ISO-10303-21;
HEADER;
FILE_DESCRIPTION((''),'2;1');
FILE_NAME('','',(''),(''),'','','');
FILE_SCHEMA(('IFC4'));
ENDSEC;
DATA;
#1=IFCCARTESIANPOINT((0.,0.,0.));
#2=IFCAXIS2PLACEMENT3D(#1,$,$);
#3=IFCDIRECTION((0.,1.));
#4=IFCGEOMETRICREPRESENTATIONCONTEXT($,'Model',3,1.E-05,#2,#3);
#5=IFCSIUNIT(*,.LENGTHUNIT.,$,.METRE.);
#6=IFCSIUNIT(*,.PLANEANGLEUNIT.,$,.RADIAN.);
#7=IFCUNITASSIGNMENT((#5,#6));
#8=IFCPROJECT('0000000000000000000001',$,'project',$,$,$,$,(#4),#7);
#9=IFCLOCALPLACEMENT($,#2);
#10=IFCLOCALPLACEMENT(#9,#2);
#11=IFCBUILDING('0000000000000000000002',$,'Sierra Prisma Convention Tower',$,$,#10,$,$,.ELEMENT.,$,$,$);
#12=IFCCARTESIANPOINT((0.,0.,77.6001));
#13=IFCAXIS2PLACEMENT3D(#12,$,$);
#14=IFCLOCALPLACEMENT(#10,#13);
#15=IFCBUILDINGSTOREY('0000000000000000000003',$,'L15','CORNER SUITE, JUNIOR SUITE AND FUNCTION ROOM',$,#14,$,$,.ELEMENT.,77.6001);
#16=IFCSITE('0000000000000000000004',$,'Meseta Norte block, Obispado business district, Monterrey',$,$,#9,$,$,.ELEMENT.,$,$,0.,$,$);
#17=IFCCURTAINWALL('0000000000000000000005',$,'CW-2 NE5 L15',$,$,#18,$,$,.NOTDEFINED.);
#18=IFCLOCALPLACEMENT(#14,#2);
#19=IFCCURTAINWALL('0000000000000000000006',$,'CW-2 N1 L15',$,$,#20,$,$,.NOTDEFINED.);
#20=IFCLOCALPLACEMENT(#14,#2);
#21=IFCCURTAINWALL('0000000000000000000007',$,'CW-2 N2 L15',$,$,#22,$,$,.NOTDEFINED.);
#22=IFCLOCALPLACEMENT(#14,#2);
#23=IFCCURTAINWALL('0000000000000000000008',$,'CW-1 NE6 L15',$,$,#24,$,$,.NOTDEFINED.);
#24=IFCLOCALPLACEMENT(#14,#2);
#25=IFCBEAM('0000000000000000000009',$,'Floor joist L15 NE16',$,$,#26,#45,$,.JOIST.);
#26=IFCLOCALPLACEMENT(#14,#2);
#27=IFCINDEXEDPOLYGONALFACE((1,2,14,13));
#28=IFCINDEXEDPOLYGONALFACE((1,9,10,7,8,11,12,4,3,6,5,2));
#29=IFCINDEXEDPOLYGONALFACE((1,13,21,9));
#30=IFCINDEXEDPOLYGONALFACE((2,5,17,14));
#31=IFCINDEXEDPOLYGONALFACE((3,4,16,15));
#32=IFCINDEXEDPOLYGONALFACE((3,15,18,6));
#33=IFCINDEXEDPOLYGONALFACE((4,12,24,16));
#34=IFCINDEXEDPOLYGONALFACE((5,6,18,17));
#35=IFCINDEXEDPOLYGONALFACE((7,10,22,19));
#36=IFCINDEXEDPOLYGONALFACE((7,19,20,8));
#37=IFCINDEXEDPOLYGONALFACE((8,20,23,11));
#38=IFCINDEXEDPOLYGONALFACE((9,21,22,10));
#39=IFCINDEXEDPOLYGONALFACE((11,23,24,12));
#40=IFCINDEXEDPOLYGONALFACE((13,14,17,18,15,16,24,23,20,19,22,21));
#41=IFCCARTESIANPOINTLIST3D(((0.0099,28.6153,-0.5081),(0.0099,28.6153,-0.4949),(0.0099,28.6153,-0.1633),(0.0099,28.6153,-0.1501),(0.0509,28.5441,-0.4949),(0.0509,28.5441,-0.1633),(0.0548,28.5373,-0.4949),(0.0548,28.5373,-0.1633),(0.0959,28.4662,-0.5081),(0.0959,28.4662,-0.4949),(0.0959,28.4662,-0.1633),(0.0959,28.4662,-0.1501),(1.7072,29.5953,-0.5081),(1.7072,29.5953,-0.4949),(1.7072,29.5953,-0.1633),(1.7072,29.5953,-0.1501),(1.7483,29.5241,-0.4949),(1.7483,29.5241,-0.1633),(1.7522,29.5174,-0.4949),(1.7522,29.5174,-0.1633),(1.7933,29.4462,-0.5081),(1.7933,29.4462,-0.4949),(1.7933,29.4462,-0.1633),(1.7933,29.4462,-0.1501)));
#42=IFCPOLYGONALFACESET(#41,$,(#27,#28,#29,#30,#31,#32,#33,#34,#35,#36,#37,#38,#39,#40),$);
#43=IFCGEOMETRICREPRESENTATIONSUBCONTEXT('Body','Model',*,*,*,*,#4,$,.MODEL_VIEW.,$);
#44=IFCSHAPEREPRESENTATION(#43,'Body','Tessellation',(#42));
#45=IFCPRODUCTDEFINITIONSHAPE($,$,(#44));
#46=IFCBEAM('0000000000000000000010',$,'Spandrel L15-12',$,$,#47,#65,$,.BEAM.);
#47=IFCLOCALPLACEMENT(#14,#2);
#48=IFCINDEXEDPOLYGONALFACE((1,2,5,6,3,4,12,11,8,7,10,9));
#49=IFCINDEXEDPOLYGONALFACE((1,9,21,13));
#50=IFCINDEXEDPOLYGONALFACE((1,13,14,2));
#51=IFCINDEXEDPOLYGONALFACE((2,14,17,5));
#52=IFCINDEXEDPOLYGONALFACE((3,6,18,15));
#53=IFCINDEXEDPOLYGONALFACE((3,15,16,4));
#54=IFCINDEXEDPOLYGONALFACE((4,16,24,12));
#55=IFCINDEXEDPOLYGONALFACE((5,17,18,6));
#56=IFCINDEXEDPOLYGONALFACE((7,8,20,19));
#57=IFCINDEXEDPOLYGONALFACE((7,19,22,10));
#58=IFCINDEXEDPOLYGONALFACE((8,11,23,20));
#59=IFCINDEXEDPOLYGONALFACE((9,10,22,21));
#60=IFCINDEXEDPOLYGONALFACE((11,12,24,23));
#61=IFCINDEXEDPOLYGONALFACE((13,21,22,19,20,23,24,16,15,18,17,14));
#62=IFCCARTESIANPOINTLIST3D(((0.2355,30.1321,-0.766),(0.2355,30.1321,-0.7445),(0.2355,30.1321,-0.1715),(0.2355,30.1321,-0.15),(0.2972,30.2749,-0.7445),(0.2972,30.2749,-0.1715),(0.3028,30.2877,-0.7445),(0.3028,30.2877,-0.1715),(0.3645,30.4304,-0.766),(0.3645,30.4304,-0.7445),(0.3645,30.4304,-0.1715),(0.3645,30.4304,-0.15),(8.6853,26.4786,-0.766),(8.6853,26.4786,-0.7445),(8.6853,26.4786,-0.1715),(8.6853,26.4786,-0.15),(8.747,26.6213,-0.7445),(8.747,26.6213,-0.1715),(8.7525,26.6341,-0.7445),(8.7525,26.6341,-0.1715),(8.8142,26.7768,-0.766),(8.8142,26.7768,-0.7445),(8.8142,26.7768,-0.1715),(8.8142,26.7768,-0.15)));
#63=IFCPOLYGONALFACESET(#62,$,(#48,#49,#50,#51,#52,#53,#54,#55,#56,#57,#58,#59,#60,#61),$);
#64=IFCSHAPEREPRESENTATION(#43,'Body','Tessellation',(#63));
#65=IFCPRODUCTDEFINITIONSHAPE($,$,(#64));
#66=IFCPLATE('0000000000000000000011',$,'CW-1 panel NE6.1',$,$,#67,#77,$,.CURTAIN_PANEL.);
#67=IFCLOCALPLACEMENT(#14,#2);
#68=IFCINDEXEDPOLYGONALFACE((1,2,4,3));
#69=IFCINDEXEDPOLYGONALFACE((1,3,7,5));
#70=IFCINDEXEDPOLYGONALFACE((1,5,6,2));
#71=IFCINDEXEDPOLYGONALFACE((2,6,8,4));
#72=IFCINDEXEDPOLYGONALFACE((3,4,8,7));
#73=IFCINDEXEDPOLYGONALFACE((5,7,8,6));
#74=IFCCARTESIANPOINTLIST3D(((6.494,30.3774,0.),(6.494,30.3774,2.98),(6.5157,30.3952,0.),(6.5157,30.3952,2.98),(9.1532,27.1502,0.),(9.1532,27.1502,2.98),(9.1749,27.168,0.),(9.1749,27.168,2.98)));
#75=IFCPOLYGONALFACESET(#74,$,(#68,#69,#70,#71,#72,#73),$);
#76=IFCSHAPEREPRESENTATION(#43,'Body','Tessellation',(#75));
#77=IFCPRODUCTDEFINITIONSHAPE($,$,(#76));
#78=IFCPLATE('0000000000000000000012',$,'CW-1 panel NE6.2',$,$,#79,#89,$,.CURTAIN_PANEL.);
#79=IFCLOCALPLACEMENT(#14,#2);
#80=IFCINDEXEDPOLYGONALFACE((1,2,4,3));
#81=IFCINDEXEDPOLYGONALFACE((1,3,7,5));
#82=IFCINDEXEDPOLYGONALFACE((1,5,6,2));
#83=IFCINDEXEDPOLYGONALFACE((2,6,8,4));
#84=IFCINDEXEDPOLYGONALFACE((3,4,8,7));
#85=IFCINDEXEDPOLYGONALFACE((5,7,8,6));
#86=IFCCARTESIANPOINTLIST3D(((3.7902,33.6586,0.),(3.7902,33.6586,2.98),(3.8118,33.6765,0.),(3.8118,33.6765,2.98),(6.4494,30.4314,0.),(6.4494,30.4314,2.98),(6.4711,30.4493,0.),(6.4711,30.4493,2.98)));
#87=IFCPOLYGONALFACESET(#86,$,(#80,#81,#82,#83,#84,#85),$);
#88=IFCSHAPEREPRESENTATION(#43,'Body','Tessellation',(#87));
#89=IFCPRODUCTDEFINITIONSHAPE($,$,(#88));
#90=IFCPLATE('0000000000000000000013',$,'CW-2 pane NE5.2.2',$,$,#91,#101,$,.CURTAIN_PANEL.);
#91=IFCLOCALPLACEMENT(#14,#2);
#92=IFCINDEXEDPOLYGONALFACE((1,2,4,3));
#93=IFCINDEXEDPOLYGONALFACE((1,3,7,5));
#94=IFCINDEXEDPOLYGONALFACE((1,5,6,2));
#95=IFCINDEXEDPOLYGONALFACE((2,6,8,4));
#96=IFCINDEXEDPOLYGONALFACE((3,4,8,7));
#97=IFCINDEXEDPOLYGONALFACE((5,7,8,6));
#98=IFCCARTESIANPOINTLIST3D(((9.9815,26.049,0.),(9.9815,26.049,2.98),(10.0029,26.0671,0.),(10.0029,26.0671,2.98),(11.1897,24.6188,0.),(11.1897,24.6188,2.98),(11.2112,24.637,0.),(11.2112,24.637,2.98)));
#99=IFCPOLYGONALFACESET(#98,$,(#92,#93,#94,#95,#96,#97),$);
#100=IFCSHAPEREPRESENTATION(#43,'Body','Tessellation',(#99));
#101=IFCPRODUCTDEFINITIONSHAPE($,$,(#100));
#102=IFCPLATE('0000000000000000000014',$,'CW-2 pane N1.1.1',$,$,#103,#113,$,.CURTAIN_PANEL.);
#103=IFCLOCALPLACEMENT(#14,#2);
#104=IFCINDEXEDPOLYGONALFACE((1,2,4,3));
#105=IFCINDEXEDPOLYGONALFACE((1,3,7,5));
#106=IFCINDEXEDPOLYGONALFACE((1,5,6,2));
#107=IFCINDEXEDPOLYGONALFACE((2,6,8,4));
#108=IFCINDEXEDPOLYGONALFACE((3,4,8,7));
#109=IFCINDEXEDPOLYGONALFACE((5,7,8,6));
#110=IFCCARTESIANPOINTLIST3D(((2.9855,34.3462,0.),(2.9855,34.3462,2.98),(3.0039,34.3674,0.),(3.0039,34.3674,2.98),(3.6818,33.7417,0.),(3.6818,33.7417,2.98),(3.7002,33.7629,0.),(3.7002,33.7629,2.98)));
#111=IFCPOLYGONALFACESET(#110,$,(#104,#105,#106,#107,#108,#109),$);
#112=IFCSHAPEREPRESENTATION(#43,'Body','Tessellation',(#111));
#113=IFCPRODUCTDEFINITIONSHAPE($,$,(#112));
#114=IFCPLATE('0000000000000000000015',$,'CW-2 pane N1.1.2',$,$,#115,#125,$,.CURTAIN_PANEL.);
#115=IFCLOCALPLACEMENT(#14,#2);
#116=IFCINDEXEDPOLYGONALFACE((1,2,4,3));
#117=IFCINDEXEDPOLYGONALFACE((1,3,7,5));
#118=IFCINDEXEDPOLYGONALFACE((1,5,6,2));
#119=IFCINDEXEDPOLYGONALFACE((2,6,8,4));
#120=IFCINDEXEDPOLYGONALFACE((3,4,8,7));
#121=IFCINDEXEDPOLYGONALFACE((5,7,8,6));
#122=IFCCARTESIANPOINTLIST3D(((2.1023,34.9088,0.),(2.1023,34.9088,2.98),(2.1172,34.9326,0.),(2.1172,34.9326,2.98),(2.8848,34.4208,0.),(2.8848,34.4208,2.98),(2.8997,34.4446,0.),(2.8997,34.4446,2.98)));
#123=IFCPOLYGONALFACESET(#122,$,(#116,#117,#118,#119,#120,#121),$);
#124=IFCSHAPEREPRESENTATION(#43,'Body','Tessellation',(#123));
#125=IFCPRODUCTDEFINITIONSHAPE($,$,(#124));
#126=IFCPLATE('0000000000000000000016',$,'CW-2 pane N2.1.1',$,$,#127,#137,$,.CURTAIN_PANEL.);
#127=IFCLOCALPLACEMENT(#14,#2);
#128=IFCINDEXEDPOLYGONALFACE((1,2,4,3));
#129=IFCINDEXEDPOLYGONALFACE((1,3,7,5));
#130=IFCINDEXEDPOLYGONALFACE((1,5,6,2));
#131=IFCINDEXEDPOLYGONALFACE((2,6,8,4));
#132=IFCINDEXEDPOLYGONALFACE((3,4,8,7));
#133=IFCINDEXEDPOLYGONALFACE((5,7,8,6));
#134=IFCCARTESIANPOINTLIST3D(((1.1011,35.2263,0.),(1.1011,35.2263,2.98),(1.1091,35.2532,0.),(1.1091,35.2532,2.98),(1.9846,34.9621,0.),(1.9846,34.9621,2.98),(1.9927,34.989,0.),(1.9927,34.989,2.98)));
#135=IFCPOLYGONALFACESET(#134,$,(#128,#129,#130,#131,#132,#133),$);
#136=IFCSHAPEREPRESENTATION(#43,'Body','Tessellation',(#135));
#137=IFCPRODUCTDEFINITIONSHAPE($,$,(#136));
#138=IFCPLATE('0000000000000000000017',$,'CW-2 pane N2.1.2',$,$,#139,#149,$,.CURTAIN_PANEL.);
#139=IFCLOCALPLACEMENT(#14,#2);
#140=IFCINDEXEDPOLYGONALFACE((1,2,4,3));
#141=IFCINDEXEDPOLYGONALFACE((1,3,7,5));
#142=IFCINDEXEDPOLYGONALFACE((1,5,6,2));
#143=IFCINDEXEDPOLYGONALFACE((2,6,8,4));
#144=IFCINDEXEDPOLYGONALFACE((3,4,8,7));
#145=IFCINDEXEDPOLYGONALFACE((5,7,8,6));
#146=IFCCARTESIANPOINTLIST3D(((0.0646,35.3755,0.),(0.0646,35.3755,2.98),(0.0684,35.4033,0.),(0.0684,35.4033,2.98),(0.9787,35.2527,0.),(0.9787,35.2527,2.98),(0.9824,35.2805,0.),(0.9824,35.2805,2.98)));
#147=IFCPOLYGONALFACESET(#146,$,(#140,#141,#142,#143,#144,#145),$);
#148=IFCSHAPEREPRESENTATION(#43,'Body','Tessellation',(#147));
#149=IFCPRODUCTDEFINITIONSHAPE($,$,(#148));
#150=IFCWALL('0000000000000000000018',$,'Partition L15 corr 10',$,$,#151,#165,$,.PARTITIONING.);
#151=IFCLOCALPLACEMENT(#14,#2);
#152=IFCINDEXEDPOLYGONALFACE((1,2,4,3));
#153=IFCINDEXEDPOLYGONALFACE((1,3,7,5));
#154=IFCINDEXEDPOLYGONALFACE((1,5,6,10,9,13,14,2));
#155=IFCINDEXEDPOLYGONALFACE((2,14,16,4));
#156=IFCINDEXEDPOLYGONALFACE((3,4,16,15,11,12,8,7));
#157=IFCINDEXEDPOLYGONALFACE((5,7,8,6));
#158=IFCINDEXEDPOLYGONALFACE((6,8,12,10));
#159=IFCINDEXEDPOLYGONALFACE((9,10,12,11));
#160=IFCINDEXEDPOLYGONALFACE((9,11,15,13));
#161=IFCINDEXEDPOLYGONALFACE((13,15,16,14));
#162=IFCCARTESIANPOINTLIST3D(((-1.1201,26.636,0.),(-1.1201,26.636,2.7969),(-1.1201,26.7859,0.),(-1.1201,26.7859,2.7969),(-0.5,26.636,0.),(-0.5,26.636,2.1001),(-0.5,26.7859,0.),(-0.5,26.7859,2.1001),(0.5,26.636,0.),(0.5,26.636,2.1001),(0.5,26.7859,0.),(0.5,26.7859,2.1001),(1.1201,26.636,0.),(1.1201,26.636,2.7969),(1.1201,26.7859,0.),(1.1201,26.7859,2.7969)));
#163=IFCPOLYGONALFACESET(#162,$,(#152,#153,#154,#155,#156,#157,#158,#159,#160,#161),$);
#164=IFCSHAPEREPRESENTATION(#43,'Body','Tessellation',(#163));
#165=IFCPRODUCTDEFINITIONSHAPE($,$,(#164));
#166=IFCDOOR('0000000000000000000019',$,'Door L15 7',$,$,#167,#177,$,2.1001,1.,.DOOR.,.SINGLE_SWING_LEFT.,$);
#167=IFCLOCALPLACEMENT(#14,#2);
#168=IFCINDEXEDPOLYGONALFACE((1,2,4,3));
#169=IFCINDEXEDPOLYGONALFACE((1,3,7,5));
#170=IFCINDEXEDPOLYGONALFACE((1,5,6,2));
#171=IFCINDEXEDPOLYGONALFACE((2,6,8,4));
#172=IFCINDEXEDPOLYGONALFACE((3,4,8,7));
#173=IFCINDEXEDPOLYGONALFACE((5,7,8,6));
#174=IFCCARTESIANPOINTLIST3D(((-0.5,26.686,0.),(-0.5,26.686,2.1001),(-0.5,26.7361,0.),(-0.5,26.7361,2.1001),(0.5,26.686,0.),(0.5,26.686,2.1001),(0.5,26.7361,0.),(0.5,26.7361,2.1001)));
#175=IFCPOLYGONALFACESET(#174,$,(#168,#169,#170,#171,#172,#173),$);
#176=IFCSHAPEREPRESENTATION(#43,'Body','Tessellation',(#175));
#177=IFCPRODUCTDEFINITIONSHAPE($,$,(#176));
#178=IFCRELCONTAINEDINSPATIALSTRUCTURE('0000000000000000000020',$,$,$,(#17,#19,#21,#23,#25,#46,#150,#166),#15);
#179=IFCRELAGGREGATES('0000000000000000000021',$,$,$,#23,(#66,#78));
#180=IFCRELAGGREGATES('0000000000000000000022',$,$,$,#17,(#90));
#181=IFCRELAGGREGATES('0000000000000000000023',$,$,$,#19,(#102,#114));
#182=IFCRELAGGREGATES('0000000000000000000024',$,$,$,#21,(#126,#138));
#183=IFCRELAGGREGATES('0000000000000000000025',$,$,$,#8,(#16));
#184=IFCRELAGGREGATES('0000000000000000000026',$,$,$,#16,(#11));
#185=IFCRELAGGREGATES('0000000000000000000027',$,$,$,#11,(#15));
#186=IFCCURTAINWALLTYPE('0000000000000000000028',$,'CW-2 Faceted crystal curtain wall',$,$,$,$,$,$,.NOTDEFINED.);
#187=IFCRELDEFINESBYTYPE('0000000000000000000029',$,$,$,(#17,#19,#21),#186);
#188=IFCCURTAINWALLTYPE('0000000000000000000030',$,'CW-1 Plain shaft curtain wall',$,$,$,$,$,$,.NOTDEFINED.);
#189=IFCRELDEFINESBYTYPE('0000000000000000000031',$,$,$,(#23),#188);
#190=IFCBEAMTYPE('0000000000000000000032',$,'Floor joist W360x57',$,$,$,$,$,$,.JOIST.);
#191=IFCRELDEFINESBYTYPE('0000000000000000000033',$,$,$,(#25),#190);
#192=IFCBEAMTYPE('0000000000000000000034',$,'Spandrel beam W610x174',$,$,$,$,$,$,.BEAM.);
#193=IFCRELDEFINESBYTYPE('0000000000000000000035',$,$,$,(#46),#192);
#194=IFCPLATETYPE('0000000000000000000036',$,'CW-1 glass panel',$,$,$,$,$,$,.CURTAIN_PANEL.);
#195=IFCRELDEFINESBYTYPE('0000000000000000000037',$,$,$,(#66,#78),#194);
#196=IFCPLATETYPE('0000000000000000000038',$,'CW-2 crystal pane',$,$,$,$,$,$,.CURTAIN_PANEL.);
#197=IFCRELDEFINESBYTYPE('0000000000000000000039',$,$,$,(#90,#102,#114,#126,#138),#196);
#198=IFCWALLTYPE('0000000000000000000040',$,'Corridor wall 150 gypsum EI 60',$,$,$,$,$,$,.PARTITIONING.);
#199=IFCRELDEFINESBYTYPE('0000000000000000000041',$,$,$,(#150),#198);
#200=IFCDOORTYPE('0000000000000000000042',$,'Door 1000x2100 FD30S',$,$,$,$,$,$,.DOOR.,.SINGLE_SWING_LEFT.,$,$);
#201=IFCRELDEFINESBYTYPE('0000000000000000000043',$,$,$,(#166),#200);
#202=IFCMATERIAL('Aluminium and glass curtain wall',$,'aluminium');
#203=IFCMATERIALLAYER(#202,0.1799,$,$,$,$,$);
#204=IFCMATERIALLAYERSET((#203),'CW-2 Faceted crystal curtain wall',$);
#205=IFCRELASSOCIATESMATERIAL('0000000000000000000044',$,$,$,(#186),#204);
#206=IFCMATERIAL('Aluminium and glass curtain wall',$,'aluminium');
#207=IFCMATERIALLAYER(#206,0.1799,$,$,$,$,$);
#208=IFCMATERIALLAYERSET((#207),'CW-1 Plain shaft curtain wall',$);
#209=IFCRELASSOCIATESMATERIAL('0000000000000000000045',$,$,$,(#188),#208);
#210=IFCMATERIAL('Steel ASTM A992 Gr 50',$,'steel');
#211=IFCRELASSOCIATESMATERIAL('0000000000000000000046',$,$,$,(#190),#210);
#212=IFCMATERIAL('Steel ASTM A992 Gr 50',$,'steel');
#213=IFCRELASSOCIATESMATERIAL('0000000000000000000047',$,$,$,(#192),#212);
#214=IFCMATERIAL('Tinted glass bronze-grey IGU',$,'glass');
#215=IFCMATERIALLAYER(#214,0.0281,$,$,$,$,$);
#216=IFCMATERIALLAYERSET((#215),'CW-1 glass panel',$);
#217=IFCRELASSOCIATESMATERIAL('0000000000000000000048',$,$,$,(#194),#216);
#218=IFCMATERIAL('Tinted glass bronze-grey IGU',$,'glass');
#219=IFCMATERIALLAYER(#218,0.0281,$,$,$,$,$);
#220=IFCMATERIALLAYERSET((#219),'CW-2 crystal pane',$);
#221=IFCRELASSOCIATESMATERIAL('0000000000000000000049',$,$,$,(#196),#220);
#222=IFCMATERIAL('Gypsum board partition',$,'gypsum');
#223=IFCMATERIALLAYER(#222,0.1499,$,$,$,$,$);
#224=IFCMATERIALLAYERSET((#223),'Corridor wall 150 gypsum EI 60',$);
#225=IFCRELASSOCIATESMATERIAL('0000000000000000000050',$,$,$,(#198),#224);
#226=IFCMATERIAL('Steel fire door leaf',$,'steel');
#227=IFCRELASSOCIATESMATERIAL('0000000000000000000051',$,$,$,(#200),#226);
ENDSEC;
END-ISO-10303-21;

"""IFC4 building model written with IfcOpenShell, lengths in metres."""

from ifc_helpers import new_model, si_unit, direction, frame, frame_2d, origin, origin_2d, place, context, subcontext, project, spatial, polyline, rectangle, i_section, outline, extrude, material, layer, layer_set, material_profile, profile_set, type_object, element, fill, aggregate, save


model = new_model("IFC4")

# Units and contexts
model_context = context("Model", 3, precision=1e-05, world=origin(), true_north=direction((0.0, 1.0)))
body_context = subcontext(model_context, "Body", "Model", "MODEL_VIEW")
ifc_project = project(units=[si_unit("LENGTHUNIT", "METRE"), si_unit("PLANEANGLEUNIT", "RADIAN")], contexts=[model_context])

# Site, building, storey
site_placement = place(None, origin())
site = spatial("IfcSite", under=ifc_project, at=site_placement, Name="Meseta Norte block, Obispado business district, Monterrey", CompositionType="ELEMENT", RefElevation=0.0)
building_placement = place(site_placement, origin())
building = spatial("IfcBuilding", under=site, at=building_placement, Name="Sierra Prisma Convention Tower", CompositionType="ELEMENT")
storey_placement = place(building_placement, frame((0.0, 0.0, 77.6001)))
storey = spatial("IfcBuildingStorey", under=building, at=storey_placement, Name="L15", Description="CORNER SUITE, JUNIOR SUITE AND FUNCTION ROOM", CompositionType="ELEMENT", Elevation=77.6001)

# Curtain walls
ifc_material_1 = material(Name="Aluminium and glass curtain wall", Category="aluminium")
ifc_layer_1 = layer(ifc_material_1, 0.1799)
ifc_layer_set_1 = layer_set([ifc_layer_1], Name="CW-2 Faceted crystal curtain wall")
curtain_wall_type_1 = type_object("IfcCurtainWallType", Name="CW-2 Faceted crystal curtain wall", PredefinedType="NOTDEFINED", material=ifc_layer_set_1)
curtain_wall_1_placement = place(storey_placement, origin())
curtain_wall_1 = element("IfcCurtainWall", 1, at=curtain_wall_1_placement, inside=storey, type_object=curtain_wall_type_1, Name="CW-2 NE5 L15", PredefinedType="NOTDEFINED")
curtain_wall_2_placement = place(storey_placement, origin())
curtain_wall_2 = element("IfcCurtainWall", 2, at=curtain_wall_2_placement, inside=storey, type_object=curtain_wall_type_1, Name="CW-2 N1 L15", PredefinedType="NOTDEFINED")
curtain_wall_3_placement = place(storey_placement, origin())
curtain_wall_3 = element("IfcCurtainWall", 3, at=curtain_wall_3_placement, inside=storey, type_object=curtain_wall_type_1, Name="CW-2 N2 L15", PredefinedType="NOTDEFINED")

# Curtain wall
ifc_material_2 = material(Name="Aluminium and glass curtain wall", Category="aluminium")
ifc_layer_2 = layer(ifc_material_2, 0.1799)
ifc_layer_set_2 = layer_set([ifc_layer_2], Name="CW-1 Plain shaft curtain wall")
curtain_wall_type_2 = type_object("IfcCurtainWallType", Name="CW-1 Plain shaft curtain wall", PredefinedType="NOTDEFINED", material=ifc_layer_set_2)
curtain_wall_4_placement = place(storey_placement, origin())
curtain_wall_4 = element("IfcCurtainWall", 4, at=curtain_wall_4_placement, inside=storey, type_object=curtain_wall_type_2, Name="CW-1 NE6 L15", PredefinedType="NOTDEFINED")

# Beams
ifc_material_3 = material(Name="Steel ASTM A992 Gr 50", Category="steel")
ifc_material_profile_1 = material_profile(ifc_material_3, i_section(OverallWidth=0.1721, OverallDepth=0.3579, WebThickness=0.0078, FlangeThickness=0.0132, at=origin_2d()), Name="W360x57")
ifc_profile_set_1 = profile_set([ifc_material_profile_1], Name="Steel ASTM A992 Gr 50")
beam_type_1 = type_object("IfcBeamType", Name="Floor joist W360x57", PredefinedType="JOIST", material=ifc_profile_set_1)
beam_1_placement = place(storey_placement, frame((1.7502, 29.5208, -0.3291), z_axis=(-0.866011, -0.500024, 0.0), x_axis=(0.500024, -0.866011, 0.0)))
element("IfcBeam", 5, at=beam_1_placement, inside=storey, type_object=beam_type_1, Name="Floor joist L15 NE16", PredefinedType="JOIST", context=body_context, shape_type="SweptSolid", body=[
    extrude(i_section(OverallWidth=0.1721, OverallDepth=0.3579, WebThickness=0.0078, FlangeThickness=0.0132, at=origin_2d()), origin(), (0.0, 0.0, 1.0), 1.96),
])
ifc_material_4 = material(Name="Steel ASTM A992 Gr 50", Category="steel")
ifc_material_profile_2 = material_profile(ifc_material_4, i_section(OverallWidth=0.325, OverallDepth=0.616, WebThickness=0.0139, FlangeThickness=0.0215, at=origin_2d()), Name="W610x174")
ifc_profile_set_2 = profile_set([ifc_material_profile_2], Name="Steel ASTM A992 Gr 50")
beam_type_2 = type_object("IfcBeamType", Name="Spandrel beam W610x174", PredefinedType="BEAM", material=ifc_profile_set_2)
beam_2_placement = place(storey_placement, frame((8.7498, 26.6277, -0.458), z_axis=(-0.917871, 0.396878, 0.0), x_axis=(-0.396878, -0.917871, 0.0)))
element("IfcBeam", 6, at=beam_2_placement, inside=storey, type_object=beam_type_2, Name="Spandrel L15-12", PredefinedType="BEAM", context=body_context, shape_type="SweptSolid", body=[
    extrude(i_section(OverallWidth=0.325, OverallDepth=0.616, WebThickness=0.0139, FlangeThickness=0.0215, at=origin_2d()), origin(), (0.0, 0.0, 1.0), 9.2058),
])

# Plates
ifc_material_5 = material(Name="Tinted glass bronze-grey IGU", Category="glass")
ifc_layer_3 = layer(ifc_material_5, 0.0281)
ifc_layer_set_3 = layer_set([ifc_layer_3], Name="CW-1 glass panel")
plate_type_1 = type_object("IfcPlateType", Name="CW-1 glass panel", PredefinedType="CURTAIN_PANEL", material=ifc_layer_set_3)
plate_1_placement = place(storey_placement, frame((7.8345, 28.7727, 0.0), z_axis=(0.0, 0.0, 1.0), x_axis=(-0.635926, 0.77175, 0.0)))
plate_1 = element("IfcPlate", 7, at=plate_1_placement, type_object=plate_type_1, Name="CW-1 panel NE6.1", PredefinedType="CURTAIN_PANEL", context=body_context, shape_type="SweptSolid", body=[
    extrude(rectangle(XDim=4.1816, YDim=0.0281, at=origin_2d()), origin(), (0.0, 0.0, 1.0), 2.98),
])
plate_2_placement = place(storey_placement, frame((5.1306, 32.054, 0.0), z_axis=(0.0, 0.0, 1.0), x_axis=(-0.635926, 0.77175, 0.0)))
plate_2 = element("IfcPlate", 8, at=plate_2_placement, type_object=plate_type_1, Name="CW-1 panel NE6.2", PredefinedType="CURTAIN_PANEL", context=body_context, shape_type="SweptSolid", body=[
    extrude(rectangle(XDim=4.1816, YDim=0.0281, at=origin_2d()), origin(), (0.0, 0.0, 1.0), 2.98),
])
aggregate(curtain_wall_4, [plate_1, plate_2])
ifc_material_6 = material(Name="Tinted glass bronze-grey IGU", Category="glass")
ifc_layer_4 = layer(ifc_material_6, 0.0281)
ifc_layer_set_4 = layer_set([ifc_layer_4], Name="CW-2 crystal pane")
plate_type_2 = type_object("IfcPlateType", Name="CW-2 crystal pane", PredefinedType="CURTAIN_PANEL", material=ifc_layer_set_4)
plate_3_placement = place(storey_placement, frame((10.0029, 26.0671, 0.0), z_axis=(0.763886, 0.645352, 0.0), x_axis=(0.645352, -0.763886, 0.0)))
plate_3 = element("IfcPlate", 9, at=plate_3_placement, type_object=plate_type_2, Name="CW-2 pane NE5.2.2", PredefinedType="CURTAIN_PANEL", context=body_context, shape_type="SweptSolid", body=[
    extrude(outline(polyline([(0.0, 0.0), (1.8722, 0.0), (1.8722, -2.98), (0.0, -2.98), (0.0, 0.0)])), origin(), (0.0, 0.0, -1.0), 0.0281),
])
aggregate(curtain_wall_1, [plate_3])
plate_4_placement = place(storey_placement, frame((3.7002, 33.7629, 0.0), z_axis=(0.655575, 0.75513, 0.0), x_axis=(-0.75513, 0.655575, 0.0)))
plate_4 = element("IfcPlate", 10, at=plate_4_placement, type_object=plate_type_2, Name="CW-2 pane N1.1.1", PredefinedType="CURTAIN_PANEL", context=body_context, shape_type="SweptSolid", body=[
    extrude(outline(polyline([(0.0, 0.0), (0.9221, 0.0), (0.9221, 2.98), (0.0, 2.98), (0.0, 0.0)])), origin(), (0.0, 0.0, -1.0), 0.0281),
])
plate_5_placement = place(storey_placement, frame((2.1172, 34.9326, 0.0), z_axis=(0.529213, 0.848489, 0.0), x_axis=(0.848489, -0.529213, 0.0)))
plate_5 = element("IfcPlate", 11, at=plate_5_placement, type_object=plate_type_2, Name="CW-2 pane N1.1.2", PredefinedType="CURTAIN_PANEL", context=body_context, shape_type="SweptSolid", body=[
    extrude(outline(polyline([(0.0, 0.0), (0.9222, 0.0), (0.9222, -2.98), (0.0, -2.98), (0.0, 0.0)])), origin(), (0.0, 0.0, -1.0), 0.0281),
])
aggregate(curtain_wall_2, [plate_4, plate_5])
plate_6_placement = place(storey_placement, frame((1.9927, 34.989, 0.0), z_axis=(0.286449, 0.958095, 0.0), x_axis=(-0.958095, 0.286449, 0.0)))
plate_6 = element("IfcPlate", 12, at=plate_6_placement, type_object=plate_type_2, Name="CW-2 pane N2.1.1", PredefinedType="CURTAIN_PANEL", context=body_context, shape_type="SweptSolid", body=[
    extrude(outline(polyline([(0.0, 0.0), (0.9222, 0.0), (0.9222, 2.98), (0.0, 2.98), (0.0, 0.0)])), origin(), (0.0, 0.0, -1.0), 0.0281),
])
plate_7_placement = place(storey_placement, frame((0.0684, 35.4033, 0.0), z_axis=(0.133152, 0.991096, 0.0), x_axis=(0.991096, -0.133152, 0.0)))
plate_7 = element("IfcPlate", 13, at=plate_7_placement, type_object=plate_type_2, Name="CW-2 pane N2.1.2", PredefinedType="CURTAIN_PANEL", context=body_context, shape_type="SweptSolid", body=[
    extrude(outline(polyline([(0.0, 0.0), (0.9223, 0.0), (0.9223, -2.98), (0.0, -2.98), (0.0, 0.0)])), origin(), (0.0, 0.0, -1.0), 0.0281),
])
aggregate(curtain_wall_3, [plate_6, plate_7])

# Wall, opening, door
ifc_material_7 = material(Name="Gypsum board partition", Category="gypsum")
ifc_layer_5 = layer(ifc_material_7, 0.1499)
ifc_layer_set_5 = layer_set([ifc_layer_5], Name="Corridor wall 150 gypsum EI 60")
wall_type_1 = type_object("IfcWallType", Name="Corridor wall 150 gypsum EI 60", PredefinedType="PARTITIONING", material=ifc_layer_set_5)
wall_1_placement = place(storey_placement, frame((1.1201, 26.7109, 0.0), z_axis=(0.0, 0.0, 1.0), x_axis=(-1.0, 0.0, 0.0)))
wall_1 = element("IfcWall", 14, at=wall_1_placement, inside=storey, type_object=wall_type_1, Name="Partition L15 corr 10", PredefinedType="PARTITIONING", context=body_context, shape_type="SweptSolid", body=[
    extrude(rectangle(XDim=2.2402, YDim=0.1499, at=frame_2d((1.1201, 0.0))), origin(), (0.0, 0.0, 1.0), 2.7969),
])
opening_placement = place(wall_1_placement, frame((0.6201, 0.0, 0.0)))
opening = element("IfcOpeningElement", 15, at=opening_placement, cuts=wall_1, PredefinedType="OPENING", context=body_context, shape_type="SweptSolid", body=[
    extrude(rectangle(XDim=1.0, YDim=2.1001, at=frame_2d((0.5, 1.05))), frame((0.0, 0.075, 0.0), z_axis=(0.0, -1.0, 0.0), x_axis=(1.0, 0.0, 0.0)), (0.0, 0.0, 1.0), 0.1499),
])
ifc_material_8 = material(Name="Steel fire door leaf", Category="steel")
door_type = type_object("IfcDoorType", Name="Door 1000x2100 FD30S", OperationType="SINGLE_SWING_LEFT", PredefinedType="DOOR", material=ifc_material_8)
door_placement = place(opening_placement, origin())
door = element("IfcDoor", 16, at=door_placement, inside=storey, type_object=door_type, Name="Door L15 7", OperationType="SINGLE_SWING_LEFT", OverallHeight=2.1001, OverallWidth=1.0, PredefinedType="DOOR", context=body_context, shape_type="SweptSolid", body=[
    extrude(rectangle(XDim=1.0, YDim=2.1001, at=frame_2d((0.5, 1.05))), frame((0.0, 0.0249, 0.0), z_axis=(0.0, -1.0, 0.0), x_axis=(1.0, 0.0, 0.0)), (0.0, 0.0, 1.0), 0.05),
])
fill(opening, door)

save(model, "model.ifc")
